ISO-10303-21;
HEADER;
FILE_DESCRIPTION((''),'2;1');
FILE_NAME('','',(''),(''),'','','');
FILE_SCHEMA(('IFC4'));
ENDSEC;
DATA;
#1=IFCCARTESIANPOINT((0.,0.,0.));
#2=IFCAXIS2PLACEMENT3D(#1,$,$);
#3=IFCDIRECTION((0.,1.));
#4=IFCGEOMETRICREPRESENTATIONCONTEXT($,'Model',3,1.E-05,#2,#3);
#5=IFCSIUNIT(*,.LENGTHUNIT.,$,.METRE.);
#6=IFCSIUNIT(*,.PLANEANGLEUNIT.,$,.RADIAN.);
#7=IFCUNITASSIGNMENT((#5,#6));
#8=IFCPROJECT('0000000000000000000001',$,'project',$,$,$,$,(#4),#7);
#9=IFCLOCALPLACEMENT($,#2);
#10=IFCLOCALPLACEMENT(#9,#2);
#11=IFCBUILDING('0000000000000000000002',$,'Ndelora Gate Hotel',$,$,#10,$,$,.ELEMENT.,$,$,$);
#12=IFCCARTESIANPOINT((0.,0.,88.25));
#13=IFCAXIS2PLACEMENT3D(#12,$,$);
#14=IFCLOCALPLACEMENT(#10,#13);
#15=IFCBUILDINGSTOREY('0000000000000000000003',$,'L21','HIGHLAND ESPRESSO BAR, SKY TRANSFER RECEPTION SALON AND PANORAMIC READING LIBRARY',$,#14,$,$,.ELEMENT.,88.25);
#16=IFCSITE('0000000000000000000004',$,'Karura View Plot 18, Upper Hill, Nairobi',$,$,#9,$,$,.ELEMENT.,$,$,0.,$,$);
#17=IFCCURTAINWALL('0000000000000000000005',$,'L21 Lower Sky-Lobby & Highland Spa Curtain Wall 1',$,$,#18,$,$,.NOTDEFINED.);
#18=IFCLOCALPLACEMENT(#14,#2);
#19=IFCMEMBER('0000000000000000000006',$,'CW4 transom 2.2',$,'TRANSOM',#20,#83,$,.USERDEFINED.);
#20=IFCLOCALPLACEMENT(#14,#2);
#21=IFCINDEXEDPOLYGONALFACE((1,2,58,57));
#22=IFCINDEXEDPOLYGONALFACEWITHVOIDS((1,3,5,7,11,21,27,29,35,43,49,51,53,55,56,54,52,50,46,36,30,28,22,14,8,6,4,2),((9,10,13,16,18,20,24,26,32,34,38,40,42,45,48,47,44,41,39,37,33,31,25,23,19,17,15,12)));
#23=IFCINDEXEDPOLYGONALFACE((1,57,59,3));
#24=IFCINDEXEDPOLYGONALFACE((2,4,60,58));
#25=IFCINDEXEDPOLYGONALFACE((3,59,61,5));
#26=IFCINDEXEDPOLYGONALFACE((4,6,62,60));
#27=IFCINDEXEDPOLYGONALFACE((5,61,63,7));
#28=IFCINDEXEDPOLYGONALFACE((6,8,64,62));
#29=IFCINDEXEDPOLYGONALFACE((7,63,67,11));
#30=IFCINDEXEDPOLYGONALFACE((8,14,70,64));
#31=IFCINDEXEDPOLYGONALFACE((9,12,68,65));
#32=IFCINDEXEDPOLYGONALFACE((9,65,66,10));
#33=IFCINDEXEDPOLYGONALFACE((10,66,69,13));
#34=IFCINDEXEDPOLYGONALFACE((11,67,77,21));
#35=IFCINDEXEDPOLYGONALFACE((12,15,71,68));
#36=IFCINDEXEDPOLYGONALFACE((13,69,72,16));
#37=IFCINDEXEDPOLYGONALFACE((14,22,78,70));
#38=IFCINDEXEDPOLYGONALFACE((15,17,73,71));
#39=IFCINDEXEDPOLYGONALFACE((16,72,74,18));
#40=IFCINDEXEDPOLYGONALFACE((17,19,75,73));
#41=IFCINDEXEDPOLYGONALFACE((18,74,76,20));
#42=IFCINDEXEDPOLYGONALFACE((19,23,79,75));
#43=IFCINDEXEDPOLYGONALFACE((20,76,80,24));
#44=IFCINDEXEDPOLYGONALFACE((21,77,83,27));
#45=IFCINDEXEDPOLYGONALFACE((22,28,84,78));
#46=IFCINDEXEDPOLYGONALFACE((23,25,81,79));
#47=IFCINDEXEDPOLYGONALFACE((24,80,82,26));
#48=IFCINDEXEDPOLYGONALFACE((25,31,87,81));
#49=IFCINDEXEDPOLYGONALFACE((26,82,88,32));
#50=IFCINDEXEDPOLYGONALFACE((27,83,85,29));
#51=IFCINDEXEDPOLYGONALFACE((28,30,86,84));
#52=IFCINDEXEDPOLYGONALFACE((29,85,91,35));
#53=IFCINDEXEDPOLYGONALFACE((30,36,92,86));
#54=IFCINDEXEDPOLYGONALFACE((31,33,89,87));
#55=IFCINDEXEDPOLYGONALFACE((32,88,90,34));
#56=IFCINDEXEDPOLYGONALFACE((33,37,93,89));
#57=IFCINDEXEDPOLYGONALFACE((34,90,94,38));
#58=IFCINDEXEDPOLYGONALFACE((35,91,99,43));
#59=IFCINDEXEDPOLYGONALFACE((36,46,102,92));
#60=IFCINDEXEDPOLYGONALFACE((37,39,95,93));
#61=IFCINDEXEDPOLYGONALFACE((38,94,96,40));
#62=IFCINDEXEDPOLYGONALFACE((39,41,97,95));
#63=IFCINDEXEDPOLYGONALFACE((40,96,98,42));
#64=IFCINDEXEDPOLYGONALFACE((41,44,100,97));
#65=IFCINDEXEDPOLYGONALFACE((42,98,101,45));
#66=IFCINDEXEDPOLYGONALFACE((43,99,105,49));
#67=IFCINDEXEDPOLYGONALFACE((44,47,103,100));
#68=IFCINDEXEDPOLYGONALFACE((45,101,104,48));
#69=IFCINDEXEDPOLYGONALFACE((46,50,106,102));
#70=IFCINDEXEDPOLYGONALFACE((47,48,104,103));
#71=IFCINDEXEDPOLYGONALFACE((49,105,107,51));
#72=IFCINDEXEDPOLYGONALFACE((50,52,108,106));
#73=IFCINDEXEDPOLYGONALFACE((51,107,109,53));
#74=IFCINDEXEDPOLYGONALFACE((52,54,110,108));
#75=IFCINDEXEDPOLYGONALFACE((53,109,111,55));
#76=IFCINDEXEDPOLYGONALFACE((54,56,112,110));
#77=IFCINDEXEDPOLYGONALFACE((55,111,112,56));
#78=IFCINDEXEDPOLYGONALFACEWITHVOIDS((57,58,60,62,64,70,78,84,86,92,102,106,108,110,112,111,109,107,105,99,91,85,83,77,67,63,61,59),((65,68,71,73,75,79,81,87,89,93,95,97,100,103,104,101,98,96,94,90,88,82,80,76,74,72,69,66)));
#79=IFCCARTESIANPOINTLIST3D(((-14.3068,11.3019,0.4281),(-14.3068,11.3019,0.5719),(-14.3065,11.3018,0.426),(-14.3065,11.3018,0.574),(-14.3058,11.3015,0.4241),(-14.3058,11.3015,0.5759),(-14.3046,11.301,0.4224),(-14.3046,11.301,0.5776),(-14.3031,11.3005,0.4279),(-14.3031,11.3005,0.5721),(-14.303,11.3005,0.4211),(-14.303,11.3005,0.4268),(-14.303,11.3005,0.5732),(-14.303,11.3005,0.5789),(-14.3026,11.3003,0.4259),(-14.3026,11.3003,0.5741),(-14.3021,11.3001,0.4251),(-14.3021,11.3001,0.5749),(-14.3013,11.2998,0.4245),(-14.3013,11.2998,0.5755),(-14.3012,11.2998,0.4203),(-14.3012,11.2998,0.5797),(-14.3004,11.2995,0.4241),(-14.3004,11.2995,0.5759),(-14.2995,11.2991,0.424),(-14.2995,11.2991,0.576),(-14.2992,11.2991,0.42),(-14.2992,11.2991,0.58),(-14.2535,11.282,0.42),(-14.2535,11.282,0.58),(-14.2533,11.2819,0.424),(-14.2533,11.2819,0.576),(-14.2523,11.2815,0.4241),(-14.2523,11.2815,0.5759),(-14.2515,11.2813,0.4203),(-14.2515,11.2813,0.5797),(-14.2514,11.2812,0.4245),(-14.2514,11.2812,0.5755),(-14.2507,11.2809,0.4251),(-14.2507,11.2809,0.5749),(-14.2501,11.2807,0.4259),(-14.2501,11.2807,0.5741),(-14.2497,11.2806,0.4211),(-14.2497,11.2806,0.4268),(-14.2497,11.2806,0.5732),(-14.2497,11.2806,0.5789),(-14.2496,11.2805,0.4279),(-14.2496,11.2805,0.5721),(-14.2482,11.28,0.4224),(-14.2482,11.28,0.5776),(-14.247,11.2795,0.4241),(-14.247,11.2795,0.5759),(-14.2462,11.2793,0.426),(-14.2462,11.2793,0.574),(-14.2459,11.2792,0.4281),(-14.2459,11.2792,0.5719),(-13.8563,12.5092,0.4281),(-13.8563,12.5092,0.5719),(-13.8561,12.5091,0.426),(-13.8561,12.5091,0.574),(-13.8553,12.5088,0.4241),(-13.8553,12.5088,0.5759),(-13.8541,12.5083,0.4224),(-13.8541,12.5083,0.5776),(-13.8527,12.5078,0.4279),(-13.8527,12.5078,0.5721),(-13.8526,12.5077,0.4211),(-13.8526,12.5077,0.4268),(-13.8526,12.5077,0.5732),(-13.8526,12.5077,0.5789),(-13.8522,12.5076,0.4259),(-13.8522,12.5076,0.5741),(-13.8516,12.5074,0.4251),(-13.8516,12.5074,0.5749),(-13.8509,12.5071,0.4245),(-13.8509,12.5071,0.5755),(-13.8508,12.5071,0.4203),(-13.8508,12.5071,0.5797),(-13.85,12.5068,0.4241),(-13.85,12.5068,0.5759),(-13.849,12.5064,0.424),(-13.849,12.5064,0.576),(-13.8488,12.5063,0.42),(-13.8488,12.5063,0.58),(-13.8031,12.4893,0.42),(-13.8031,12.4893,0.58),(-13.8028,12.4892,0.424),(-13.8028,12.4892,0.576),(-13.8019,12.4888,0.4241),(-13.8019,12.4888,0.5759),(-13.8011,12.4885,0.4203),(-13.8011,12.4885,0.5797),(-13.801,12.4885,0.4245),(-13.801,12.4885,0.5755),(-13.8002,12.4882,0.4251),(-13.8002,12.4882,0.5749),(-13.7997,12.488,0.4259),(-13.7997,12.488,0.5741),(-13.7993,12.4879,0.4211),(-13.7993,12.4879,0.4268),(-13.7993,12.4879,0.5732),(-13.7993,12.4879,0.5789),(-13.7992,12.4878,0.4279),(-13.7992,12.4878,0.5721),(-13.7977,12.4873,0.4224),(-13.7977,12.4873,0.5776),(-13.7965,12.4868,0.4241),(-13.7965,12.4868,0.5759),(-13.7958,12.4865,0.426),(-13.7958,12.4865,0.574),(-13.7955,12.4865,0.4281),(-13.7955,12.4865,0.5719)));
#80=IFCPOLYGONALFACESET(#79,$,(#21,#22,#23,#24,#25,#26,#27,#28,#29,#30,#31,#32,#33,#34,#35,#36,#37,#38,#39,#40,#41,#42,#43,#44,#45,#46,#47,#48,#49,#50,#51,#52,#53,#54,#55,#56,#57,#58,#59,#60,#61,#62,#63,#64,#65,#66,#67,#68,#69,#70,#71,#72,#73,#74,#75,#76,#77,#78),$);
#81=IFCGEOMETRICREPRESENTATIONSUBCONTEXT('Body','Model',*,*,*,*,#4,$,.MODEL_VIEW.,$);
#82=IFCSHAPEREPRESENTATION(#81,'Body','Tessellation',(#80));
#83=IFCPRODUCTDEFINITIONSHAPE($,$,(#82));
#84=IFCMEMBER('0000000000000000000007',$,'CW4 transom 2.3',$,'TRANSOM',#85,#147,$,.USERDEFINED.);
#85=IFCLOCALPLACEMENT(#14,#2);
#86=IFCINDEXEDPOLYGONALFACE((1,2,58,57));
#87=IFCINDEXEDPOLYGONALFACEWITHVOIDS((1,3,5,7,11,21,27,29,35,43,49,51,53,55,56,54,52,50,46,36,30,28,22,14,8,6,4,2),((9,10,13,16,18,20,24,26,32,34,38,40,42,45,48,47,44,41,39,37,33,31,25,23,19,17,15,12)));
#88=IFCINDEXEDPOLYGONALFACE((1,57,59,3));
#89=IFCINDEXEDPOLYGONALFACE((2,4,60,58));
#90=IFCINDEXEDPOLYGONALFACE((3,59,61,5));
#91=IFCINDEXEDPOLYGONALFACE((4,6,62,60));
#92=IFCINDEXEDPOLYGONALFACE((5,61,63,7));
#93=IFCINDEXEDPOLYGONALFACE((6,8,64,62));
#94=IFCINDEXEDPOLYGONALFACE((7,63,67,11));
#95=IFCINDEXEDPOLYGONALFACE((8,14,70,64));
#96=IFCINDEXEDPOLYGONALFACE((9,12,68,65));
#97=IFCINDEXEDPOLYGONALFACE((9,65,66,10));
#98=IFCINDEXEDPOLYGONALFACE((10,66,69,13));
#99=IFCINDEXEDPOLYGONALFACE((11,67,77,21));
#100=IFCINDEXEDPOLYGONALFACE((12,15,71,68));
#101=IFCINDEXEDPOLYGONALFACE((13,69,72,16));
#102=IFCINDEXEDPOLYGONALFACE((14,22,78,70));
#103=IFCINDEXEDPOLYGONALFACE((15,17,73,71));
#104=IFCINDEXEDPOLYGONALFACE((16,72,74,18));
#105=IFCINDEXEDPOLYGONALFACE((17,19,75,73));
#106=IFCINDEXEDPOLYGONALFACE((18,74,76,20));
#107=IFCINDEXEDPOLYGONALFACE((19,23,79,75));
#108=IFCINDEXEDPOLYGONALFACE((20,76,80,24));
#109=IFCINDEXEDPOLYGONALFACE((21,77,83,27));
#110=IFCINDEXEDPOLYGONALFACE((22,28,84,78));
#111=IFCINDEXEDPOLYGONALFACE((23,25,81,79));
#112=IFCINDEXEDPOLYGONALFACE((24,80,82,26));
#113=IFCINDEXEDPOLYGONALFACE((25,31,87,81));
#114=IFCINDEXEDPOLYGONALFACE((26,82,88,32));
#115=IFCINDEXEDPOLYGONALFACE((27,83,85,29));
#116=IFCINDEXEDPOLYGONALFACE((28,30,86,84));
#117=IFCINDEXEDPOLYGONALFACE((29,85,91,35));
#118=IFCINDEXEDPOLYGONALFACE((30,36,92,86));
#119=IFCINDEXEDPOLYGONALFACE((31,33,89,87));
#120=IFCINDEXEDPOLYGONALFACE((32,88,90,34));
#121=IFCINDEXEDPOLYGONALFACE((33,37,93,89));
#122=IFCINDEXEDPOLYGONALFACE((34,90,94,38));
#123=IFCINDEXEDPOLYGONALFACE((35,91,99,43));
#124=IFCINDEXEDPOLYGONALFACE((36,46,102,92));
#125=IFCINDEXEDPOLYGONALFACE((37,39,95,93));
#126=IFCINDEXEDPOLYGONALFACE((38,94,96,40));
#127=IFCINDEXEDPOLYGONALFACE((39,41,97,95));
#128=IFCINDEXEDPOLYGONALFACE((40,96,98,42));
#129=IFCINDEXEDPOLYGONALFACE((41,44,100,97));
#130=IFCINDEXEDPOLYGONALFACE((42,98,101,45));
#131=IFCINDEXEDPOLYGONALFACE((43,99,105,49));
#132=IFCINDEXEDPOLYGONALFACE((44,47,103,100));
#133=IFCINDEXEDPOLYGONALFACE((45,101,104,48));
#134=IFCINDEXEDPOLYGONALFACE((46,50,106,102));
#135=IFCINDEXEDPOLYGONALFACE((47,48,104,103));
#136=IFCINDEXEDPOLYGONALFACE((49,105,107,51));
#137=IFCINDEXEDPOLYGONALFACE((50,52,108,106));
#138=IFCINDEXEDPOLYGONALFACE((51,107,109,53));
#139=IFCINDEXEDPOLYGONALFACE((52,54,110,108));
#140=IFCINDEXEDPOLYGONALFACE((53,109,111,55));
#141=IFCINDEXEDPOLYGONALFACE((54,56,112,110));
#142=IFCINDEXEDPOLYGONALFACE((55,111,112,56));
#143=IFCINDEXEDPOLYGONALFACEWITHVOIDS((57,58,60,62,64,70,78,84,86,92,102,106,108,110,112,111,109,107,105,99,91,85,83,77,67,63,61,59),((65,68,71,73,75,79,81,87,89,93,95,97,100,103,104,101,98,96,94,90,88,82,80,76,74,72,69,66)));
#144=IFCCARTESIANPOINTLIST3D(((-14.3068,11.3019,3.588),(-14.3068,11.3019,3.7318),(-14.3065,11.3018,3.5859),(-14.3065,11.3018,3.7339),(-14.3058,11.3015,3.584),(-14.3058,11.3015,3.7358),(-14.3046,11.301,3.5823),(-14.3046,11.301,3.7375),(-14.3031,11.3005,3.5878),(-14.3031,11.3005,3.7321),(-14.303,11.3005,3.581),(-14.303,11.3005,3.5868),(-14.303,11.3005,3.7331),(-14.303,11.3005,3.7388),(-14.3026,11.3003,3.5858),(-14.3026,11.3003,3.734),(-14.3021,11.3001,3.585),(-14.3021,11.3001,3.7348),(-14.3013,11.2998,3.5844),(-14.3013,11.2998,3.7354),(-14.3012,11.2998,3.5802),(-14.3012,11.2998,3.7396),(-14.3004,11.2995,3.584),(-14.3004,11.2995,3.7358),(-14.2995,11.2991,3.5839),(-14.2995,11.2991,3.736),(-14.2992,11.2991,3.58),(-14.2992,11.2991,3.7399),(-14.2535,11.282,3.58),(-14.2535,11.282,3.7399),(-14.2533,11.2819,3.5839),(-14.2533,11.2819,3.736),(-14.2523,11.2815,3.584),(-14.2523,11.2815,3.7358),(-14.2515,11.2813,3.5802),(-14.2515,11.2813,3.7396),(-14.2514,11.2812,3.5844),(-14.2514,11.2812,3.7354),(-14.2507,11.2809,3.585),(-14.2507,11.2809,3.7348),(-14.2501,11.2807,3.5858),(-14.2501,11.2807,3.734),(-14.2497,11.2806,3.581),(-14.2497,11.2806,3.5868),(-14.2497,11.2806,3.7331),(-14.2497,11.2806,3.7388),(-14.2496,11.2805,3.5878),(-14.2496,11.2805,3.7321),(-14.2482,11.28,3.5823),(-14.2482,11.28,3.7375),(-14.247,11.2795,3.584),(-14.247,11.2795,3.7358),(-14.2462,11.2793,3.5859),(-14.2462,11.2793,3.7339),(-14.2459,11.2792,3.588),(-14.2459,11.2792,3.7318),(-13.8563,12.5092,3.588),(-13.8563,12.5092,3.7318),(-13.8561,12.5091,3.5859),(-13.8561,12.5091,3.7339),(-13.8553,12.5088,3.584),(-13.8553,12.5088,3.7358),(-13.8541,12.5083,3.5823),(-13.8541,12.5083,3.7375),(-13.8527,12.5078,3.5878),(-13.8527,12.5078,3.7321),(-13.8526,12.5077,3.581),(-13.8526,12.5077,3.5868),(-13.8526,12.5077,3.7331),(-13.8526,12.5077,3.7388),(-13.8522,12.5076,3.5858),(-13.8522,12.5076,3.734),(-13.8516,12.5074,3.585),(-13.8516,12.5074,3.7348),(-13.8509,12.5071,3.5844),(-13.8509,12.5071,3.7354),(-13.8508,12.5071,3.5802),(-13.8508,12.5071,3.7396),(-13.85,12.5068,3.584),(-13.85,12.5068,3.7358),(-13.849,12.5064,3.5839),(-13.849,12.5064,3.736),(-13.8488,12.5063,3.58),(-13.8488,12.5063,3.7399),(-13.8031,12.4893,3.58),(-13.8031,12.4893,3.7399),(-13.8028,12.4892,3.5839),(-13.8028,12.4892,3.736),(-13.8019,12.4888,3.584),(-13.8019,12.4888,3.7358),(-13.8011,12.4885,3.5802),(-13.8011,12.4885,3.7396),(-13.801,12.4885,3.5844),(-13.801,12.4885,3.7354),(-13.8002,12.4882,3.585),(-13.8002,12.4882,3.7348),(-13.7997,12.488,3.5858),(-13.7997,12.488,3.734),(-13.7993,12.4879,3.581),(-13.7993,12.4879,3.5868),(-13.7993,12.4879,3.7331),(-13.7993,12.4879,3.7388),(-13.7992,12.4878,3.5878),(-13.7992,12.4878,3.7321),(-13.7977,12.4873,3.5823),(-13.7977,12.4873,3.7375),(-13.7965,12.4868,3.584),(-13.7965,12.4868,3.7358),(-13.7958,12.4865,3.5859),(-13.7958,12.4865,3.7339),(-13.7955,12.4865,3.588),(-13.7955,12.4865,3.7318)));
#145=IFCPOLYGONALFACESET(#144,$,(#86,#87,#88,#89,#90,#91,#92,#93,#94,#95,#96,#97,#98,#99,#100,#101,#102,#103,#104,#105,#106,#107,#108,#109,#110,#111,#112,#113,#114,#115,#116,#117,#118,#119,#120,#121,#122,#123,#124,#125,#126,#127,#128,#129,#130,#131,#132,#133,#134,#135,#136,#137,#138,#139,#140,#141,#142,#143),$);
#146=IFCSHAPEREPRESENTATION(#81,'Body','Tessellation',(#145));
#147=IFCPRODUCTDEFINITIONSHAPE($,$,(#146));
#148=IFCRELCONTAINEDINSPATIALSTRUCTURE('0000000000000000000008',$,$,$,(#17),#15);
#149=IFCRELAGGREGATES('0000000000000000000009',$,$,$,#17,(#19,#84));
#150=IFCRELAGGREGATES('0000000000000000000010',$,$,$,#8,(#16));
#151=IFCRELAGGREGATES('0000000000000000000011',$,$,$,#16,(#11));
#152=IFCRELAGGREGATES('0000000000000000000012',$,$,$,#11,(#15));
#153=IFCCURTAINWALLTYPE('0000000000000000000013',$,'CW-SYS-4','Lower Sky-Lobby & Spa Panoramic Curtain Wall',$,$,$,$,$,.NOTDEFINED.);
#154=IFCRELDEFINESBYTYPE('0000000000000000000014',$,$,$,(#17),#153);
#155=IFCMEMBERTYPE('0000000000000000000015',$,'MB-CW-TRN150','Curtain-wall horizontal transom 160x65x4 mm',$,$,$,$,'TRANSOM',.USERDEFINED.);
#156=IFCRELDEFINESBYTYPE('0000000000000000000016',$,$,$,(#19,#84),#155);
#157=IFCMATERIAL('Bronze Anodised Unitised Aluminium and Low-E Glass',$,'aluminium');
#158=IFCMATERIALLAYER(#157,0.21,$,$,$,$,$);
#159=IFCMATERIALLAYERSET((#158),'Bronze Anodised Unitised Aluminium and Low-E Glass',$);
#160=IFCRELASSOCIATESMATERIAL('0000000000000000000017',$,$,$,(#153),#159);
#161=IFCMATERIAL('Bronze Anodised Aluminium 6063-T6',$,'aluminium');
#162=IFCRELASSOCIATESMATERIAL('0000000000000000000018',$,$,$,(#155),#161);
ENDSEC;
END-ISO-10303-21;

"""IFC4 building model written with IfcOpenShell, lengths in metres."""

from ifc_helpers import new_model, si_unit, direction, frame, origin, origin_2d, place, context, subcontext, project, spatial, hollow_rectangle, extrude, material, layer, layer_set, material_profile, profile_set, type_object, element, aggregate, save


model = new_model("IFC4")

# Units and contexts
model_context = context("Model", 3, precision=1e-05, world=origin(), true_north=direction((0.0, 1.0)))
body_context = subcontext(model_context, "Body", "Model", "MODEL_VIEW")
ifc_project = project(units=[si_unit("LENGTHUNIT", "METRE"), si_unit("PLANEANGLEUNIT", "RADIAN")], contexts=[model_context])

# Site, building, storey
site_placement = place(None, origin())
site = spatial("IfcSite", under=ifc_project, at=site_placement, Name="Karura View Plot 18, Upper Hill, Nairobi", CompositionType="ELEMENT", RefElevation=0.0)
building_placement = place(site_placement, origin())
building = spatial("IfcBuilding", under=site, at=building_placement, Name="Ndelora Gate Hotel", CompositionType="ELEMENT")
storey_placement = place(building_placement, frame((0.0, 0.0, 88.25)))
storey = spatial("IfcBuildingStorey", under=building, at=storey_placement, Name="L21", Description="HIGHLAND ESPRESSO BAR, SKY TRANSFER RECEPTION SALON AND PANORAMIC READING LIBRARY", CompositionType="ELEMENT", Elevation=88.25)

# Curtain wall, members
ifc_material_1 = material(Name="Bronze Anodised Unitised Aluminium and Low-E Glass", Category="aluminium")
ifc_layer_1 = layer(ifc_material_1, 0.21)
ifc_layer_set_1 = layer_set([ifc_layer_1], Name="Bronze Anodised Unitised Aluminium and Low-E Glass")
curtain_wall_type = type_object("IfcCurtainWallType", Name="CW-SYS-4", Description="Lower Sky-Lobby & Spa Panoramic Curtain Wall", PredefinedType="NOTDEFINED", material=ifc_layer_set_1)
curtain_wall_placement = place(storey_placement, origin())
curtain_wall = element("IfcCurtainWall", 1, at=curtain_wall_placement, inside=storey, type_object=curtain_wall_type, Name="L21 Lower Sky-Lobby & Highland Spa Curtain Wall 1", PredefinedType="NOTDEFINED")
ifc_material_2 = material(Name="Bronze Anodised Aluminium 6063-T6", Category="aluminium")
ifc_material_profile_1 = material_profile(ifc_material_2, hollow_rectangle(XDim=0.0649, YDim=0.1599, WallThickness=0.0039, InnerFilletRadius=0.0039, OuterFilletRadius=0.0081, at=origin_2d()), Name="ALU 160x65x4")
ifc_profile_set_1 = profile_set([ifc_material_profile_1], Name="Bronze Anodised Aluminium 6063-T6")
member_type_1 = type_object("IfcMemberType", Name="MB-CW-TRN150", Description="Curtain-wall horizontal transom 160x65x4 mm", ElementType="TRANSOM", PredefinedType="USERDEFINED", material=ifc_profile_set_1)
member_1_placement = place(storey_placement, frame((-13.8259, 12.4978, 0.5), z_axis=(-0.349566, -0.936912, 0.0), x_axis=(0.936912, -0.349566, 0.0)))
member_1 = element("IfcMember", 2, at=member_1_placement, type_object=member_type_1, Name="CW4 transom 2.2", ObjectType="TRANSOM", PredefinedType="USERDEFINED", context=body_context, shape_type="SweptSolid", body=[
    extrude(hollow_rectangle(XDim=0.0649, YDim=0.1599, WallThickness=0.0039, InnerFilletRadius=0.0039, OuterFilletRadius=0.0081, at=origin_2d()), origin(), (0.0, 0.0, 1.0), 1.2886),
])
member_2_placement = place(storey_placement, frame((-13.8259, 12.4978, 3.6599), z_axis=(-0.349566, -0.936912, 0.0), x_axis=(0.936912, -0.349566, 0.0)))
member_2 = element("IfcMember", 3, at=member_2_placement, type_object=member_type_1, Name="CW4 transom 2.3", ObjectType="TRANSOM", PredefinedType="USERDEFINED", context=body_context, shape_type="SweptSolid", body=[
    extrude(hollow_rectangle(XDim=0.0649, YDim=0.1599, WallThickness=0.0039, InnerFilletRadius=0.0039, OuterFilletRadius=0.0081, at=origin_2d()), origin(), (0.0, 0.0, 1.0), 1.2886),
])
aggregate(curtain_wall, [member_1, member_2])

save(model, "model.ifc")
